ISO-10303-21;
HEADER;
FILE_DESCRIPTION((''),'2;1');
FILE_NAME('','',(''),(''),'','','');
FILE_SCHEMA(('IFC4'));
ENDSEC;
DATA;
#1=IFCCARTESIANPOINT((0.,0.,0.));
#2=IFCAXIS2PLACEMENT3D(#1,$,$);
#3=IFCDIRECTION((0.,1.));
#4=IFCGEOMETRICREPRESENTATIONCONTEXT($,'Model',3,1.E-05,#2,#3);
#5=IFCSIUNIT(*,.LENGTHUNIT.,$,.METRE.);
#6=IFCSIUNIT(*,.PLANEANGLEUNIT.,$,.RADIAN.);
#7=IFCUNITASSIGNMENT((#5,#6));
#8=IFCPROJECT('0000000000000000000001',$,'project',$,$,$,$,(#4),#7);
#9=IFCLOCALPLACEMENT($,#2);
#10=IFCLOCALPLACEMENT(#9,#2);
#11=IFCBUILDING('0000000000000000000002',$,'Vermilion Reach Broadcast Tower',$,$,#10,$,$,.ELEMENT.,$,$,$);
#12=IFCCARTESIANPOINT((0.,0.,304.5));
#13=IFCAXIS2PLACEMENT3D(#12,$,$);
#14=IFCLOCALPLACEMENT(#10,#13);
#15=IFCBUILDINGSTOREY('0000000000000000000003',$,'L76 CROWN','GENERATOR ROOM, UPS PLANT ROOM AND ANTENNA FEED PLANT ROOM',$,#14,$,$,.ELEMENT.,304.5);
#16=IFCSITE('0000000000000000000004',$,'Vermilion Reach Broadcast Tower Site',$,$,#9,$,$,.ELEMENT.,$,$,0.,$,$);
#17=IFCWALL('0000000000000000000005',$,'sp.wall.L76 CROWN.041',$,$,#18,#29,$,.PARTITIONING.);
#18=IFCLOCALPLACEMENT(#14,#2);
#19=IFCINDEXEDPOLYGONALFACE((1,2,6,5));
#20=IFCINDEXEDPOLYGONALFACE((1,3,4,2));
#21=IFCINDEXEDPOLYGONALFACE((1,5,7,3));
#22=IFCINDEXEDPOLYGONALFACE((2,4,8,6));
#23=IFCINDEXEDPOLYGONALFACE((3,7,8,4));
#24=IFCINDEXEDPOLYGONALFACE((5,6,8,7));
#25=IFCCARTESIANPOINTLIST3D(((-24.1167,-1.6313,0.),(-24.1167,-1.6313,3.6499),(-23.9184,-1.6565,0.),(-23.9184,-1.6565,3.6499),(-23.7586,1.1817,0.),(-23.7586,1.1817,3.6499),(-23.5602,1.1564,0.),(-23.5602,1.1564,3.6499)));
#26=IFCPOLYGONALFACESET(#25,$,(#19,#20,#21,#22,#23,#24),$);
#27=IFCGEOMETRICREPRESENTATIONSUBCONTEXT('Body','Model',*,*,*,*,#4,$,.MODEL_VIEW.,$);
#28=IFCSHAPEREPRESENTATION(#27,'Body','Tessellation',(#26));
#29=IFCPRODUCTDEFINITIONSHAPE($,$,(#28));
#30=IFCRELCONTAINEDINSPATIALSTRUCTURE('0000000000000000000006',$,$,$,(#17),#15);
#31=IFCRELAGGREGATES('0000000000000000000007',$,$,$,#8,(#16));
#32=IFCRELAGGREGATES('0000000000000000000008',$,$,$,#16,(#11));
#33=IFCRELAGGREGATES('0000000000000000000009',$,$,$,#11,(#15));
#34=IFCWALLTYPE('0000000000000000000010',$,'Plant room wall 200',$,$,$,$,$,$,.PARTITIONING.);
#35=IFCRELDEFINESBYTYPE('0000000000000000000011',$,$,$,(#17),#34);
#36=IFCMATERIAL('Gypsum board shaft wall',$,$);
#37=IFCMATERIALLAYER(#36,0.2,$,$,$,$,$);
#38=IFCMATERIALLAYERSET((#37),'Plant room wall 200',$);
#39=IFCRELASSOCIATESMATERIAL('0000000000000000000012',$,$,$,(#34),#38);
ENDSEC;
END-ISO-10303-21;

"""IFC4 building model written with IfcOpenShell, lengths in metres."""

from ifc_helpers import new_model, si_unit, direction, frame, frame_2d, origin, place, context, subcontext, project, spatial, rectangle, extrude, material, layer, layer_set, type_object, element, save


model = new_model("IFC4")

# Units and contexts
model_context = context("Model", 3, precision=1e-05, world=origin(), true_north=direction((0.0, 1.0)))
body_context = subcontext(model_context, "Body", "Model", "MODEL_VIEW")
ifc_project = project(units=[si_unit("LENGTHUNIT", "METRE"), si_unit("PLANEANGLEUNIT", "RADIAN")], contexts=[model_context])

# Site, building, storey
site_placement = place(None, origin())
site = spatial("IfcSite", under=ifc_project, at=site_placement, Name="Vermilion Reach Broadcast Tower Site", CompositionType="ELEMENT", RefElevation=0.0)
building_placement = place(site_placement, origin())
building = spatial("IfcBuilding", under=site, at=building_placement, Name="Vermilion Reach Broadcast Tower", CompositionType="ELEMENT")
storey_placement = place(building_placement, frame((0.0, 0.0, 304.5)))
storey = spatial("IfcBuildingStorey", under=building, at=storey_placement, Name="L76 CROWN", Description="GENERATOR ROOM, UPS PLANT ROOM AND ANTENNA FEED PLANT ROOM", CompositionType="ELEMENT", Elevation=304.5)

# Shared definitions
ifc_material_1 = material(Name="Gypsum board shaft wall")
ifc_layer_1 = layer(ifc_material_1, 0.2)
ifc_layer_set_1 = layer_set([ifc_layer_1], Name="Plant room wall 200")
wall_type_1 = type_object("IfcWallType", Name="Plant room wall 200", PredefinedType="PARTITIONING", material=ifc_layer_set_1)

# Wall
wall_1_placement = place(storey_placement, frame((-24.0176, -1.644, 0.0), z_axis=(0.0, 0.0, 1.0), x_axis=(0.126302, 0.991992, 0.0)))
element("IfcWall", 1, at=wall_1_placement, inside=storey, type_object=wall_type_1, Name="sp.wall.L76 CROWN.041", PredefinedType="PARTITIONING", context=body_context, shape_type="SweptSolid", body=[
    extrude(rectangle(XDim=2.8357, YDim=0.2, at=frame_2d((1.418, 0.0))), origin(), (0.0, 0.0, 1.0), 3.6499),
])

save(model, "model.ifc")
